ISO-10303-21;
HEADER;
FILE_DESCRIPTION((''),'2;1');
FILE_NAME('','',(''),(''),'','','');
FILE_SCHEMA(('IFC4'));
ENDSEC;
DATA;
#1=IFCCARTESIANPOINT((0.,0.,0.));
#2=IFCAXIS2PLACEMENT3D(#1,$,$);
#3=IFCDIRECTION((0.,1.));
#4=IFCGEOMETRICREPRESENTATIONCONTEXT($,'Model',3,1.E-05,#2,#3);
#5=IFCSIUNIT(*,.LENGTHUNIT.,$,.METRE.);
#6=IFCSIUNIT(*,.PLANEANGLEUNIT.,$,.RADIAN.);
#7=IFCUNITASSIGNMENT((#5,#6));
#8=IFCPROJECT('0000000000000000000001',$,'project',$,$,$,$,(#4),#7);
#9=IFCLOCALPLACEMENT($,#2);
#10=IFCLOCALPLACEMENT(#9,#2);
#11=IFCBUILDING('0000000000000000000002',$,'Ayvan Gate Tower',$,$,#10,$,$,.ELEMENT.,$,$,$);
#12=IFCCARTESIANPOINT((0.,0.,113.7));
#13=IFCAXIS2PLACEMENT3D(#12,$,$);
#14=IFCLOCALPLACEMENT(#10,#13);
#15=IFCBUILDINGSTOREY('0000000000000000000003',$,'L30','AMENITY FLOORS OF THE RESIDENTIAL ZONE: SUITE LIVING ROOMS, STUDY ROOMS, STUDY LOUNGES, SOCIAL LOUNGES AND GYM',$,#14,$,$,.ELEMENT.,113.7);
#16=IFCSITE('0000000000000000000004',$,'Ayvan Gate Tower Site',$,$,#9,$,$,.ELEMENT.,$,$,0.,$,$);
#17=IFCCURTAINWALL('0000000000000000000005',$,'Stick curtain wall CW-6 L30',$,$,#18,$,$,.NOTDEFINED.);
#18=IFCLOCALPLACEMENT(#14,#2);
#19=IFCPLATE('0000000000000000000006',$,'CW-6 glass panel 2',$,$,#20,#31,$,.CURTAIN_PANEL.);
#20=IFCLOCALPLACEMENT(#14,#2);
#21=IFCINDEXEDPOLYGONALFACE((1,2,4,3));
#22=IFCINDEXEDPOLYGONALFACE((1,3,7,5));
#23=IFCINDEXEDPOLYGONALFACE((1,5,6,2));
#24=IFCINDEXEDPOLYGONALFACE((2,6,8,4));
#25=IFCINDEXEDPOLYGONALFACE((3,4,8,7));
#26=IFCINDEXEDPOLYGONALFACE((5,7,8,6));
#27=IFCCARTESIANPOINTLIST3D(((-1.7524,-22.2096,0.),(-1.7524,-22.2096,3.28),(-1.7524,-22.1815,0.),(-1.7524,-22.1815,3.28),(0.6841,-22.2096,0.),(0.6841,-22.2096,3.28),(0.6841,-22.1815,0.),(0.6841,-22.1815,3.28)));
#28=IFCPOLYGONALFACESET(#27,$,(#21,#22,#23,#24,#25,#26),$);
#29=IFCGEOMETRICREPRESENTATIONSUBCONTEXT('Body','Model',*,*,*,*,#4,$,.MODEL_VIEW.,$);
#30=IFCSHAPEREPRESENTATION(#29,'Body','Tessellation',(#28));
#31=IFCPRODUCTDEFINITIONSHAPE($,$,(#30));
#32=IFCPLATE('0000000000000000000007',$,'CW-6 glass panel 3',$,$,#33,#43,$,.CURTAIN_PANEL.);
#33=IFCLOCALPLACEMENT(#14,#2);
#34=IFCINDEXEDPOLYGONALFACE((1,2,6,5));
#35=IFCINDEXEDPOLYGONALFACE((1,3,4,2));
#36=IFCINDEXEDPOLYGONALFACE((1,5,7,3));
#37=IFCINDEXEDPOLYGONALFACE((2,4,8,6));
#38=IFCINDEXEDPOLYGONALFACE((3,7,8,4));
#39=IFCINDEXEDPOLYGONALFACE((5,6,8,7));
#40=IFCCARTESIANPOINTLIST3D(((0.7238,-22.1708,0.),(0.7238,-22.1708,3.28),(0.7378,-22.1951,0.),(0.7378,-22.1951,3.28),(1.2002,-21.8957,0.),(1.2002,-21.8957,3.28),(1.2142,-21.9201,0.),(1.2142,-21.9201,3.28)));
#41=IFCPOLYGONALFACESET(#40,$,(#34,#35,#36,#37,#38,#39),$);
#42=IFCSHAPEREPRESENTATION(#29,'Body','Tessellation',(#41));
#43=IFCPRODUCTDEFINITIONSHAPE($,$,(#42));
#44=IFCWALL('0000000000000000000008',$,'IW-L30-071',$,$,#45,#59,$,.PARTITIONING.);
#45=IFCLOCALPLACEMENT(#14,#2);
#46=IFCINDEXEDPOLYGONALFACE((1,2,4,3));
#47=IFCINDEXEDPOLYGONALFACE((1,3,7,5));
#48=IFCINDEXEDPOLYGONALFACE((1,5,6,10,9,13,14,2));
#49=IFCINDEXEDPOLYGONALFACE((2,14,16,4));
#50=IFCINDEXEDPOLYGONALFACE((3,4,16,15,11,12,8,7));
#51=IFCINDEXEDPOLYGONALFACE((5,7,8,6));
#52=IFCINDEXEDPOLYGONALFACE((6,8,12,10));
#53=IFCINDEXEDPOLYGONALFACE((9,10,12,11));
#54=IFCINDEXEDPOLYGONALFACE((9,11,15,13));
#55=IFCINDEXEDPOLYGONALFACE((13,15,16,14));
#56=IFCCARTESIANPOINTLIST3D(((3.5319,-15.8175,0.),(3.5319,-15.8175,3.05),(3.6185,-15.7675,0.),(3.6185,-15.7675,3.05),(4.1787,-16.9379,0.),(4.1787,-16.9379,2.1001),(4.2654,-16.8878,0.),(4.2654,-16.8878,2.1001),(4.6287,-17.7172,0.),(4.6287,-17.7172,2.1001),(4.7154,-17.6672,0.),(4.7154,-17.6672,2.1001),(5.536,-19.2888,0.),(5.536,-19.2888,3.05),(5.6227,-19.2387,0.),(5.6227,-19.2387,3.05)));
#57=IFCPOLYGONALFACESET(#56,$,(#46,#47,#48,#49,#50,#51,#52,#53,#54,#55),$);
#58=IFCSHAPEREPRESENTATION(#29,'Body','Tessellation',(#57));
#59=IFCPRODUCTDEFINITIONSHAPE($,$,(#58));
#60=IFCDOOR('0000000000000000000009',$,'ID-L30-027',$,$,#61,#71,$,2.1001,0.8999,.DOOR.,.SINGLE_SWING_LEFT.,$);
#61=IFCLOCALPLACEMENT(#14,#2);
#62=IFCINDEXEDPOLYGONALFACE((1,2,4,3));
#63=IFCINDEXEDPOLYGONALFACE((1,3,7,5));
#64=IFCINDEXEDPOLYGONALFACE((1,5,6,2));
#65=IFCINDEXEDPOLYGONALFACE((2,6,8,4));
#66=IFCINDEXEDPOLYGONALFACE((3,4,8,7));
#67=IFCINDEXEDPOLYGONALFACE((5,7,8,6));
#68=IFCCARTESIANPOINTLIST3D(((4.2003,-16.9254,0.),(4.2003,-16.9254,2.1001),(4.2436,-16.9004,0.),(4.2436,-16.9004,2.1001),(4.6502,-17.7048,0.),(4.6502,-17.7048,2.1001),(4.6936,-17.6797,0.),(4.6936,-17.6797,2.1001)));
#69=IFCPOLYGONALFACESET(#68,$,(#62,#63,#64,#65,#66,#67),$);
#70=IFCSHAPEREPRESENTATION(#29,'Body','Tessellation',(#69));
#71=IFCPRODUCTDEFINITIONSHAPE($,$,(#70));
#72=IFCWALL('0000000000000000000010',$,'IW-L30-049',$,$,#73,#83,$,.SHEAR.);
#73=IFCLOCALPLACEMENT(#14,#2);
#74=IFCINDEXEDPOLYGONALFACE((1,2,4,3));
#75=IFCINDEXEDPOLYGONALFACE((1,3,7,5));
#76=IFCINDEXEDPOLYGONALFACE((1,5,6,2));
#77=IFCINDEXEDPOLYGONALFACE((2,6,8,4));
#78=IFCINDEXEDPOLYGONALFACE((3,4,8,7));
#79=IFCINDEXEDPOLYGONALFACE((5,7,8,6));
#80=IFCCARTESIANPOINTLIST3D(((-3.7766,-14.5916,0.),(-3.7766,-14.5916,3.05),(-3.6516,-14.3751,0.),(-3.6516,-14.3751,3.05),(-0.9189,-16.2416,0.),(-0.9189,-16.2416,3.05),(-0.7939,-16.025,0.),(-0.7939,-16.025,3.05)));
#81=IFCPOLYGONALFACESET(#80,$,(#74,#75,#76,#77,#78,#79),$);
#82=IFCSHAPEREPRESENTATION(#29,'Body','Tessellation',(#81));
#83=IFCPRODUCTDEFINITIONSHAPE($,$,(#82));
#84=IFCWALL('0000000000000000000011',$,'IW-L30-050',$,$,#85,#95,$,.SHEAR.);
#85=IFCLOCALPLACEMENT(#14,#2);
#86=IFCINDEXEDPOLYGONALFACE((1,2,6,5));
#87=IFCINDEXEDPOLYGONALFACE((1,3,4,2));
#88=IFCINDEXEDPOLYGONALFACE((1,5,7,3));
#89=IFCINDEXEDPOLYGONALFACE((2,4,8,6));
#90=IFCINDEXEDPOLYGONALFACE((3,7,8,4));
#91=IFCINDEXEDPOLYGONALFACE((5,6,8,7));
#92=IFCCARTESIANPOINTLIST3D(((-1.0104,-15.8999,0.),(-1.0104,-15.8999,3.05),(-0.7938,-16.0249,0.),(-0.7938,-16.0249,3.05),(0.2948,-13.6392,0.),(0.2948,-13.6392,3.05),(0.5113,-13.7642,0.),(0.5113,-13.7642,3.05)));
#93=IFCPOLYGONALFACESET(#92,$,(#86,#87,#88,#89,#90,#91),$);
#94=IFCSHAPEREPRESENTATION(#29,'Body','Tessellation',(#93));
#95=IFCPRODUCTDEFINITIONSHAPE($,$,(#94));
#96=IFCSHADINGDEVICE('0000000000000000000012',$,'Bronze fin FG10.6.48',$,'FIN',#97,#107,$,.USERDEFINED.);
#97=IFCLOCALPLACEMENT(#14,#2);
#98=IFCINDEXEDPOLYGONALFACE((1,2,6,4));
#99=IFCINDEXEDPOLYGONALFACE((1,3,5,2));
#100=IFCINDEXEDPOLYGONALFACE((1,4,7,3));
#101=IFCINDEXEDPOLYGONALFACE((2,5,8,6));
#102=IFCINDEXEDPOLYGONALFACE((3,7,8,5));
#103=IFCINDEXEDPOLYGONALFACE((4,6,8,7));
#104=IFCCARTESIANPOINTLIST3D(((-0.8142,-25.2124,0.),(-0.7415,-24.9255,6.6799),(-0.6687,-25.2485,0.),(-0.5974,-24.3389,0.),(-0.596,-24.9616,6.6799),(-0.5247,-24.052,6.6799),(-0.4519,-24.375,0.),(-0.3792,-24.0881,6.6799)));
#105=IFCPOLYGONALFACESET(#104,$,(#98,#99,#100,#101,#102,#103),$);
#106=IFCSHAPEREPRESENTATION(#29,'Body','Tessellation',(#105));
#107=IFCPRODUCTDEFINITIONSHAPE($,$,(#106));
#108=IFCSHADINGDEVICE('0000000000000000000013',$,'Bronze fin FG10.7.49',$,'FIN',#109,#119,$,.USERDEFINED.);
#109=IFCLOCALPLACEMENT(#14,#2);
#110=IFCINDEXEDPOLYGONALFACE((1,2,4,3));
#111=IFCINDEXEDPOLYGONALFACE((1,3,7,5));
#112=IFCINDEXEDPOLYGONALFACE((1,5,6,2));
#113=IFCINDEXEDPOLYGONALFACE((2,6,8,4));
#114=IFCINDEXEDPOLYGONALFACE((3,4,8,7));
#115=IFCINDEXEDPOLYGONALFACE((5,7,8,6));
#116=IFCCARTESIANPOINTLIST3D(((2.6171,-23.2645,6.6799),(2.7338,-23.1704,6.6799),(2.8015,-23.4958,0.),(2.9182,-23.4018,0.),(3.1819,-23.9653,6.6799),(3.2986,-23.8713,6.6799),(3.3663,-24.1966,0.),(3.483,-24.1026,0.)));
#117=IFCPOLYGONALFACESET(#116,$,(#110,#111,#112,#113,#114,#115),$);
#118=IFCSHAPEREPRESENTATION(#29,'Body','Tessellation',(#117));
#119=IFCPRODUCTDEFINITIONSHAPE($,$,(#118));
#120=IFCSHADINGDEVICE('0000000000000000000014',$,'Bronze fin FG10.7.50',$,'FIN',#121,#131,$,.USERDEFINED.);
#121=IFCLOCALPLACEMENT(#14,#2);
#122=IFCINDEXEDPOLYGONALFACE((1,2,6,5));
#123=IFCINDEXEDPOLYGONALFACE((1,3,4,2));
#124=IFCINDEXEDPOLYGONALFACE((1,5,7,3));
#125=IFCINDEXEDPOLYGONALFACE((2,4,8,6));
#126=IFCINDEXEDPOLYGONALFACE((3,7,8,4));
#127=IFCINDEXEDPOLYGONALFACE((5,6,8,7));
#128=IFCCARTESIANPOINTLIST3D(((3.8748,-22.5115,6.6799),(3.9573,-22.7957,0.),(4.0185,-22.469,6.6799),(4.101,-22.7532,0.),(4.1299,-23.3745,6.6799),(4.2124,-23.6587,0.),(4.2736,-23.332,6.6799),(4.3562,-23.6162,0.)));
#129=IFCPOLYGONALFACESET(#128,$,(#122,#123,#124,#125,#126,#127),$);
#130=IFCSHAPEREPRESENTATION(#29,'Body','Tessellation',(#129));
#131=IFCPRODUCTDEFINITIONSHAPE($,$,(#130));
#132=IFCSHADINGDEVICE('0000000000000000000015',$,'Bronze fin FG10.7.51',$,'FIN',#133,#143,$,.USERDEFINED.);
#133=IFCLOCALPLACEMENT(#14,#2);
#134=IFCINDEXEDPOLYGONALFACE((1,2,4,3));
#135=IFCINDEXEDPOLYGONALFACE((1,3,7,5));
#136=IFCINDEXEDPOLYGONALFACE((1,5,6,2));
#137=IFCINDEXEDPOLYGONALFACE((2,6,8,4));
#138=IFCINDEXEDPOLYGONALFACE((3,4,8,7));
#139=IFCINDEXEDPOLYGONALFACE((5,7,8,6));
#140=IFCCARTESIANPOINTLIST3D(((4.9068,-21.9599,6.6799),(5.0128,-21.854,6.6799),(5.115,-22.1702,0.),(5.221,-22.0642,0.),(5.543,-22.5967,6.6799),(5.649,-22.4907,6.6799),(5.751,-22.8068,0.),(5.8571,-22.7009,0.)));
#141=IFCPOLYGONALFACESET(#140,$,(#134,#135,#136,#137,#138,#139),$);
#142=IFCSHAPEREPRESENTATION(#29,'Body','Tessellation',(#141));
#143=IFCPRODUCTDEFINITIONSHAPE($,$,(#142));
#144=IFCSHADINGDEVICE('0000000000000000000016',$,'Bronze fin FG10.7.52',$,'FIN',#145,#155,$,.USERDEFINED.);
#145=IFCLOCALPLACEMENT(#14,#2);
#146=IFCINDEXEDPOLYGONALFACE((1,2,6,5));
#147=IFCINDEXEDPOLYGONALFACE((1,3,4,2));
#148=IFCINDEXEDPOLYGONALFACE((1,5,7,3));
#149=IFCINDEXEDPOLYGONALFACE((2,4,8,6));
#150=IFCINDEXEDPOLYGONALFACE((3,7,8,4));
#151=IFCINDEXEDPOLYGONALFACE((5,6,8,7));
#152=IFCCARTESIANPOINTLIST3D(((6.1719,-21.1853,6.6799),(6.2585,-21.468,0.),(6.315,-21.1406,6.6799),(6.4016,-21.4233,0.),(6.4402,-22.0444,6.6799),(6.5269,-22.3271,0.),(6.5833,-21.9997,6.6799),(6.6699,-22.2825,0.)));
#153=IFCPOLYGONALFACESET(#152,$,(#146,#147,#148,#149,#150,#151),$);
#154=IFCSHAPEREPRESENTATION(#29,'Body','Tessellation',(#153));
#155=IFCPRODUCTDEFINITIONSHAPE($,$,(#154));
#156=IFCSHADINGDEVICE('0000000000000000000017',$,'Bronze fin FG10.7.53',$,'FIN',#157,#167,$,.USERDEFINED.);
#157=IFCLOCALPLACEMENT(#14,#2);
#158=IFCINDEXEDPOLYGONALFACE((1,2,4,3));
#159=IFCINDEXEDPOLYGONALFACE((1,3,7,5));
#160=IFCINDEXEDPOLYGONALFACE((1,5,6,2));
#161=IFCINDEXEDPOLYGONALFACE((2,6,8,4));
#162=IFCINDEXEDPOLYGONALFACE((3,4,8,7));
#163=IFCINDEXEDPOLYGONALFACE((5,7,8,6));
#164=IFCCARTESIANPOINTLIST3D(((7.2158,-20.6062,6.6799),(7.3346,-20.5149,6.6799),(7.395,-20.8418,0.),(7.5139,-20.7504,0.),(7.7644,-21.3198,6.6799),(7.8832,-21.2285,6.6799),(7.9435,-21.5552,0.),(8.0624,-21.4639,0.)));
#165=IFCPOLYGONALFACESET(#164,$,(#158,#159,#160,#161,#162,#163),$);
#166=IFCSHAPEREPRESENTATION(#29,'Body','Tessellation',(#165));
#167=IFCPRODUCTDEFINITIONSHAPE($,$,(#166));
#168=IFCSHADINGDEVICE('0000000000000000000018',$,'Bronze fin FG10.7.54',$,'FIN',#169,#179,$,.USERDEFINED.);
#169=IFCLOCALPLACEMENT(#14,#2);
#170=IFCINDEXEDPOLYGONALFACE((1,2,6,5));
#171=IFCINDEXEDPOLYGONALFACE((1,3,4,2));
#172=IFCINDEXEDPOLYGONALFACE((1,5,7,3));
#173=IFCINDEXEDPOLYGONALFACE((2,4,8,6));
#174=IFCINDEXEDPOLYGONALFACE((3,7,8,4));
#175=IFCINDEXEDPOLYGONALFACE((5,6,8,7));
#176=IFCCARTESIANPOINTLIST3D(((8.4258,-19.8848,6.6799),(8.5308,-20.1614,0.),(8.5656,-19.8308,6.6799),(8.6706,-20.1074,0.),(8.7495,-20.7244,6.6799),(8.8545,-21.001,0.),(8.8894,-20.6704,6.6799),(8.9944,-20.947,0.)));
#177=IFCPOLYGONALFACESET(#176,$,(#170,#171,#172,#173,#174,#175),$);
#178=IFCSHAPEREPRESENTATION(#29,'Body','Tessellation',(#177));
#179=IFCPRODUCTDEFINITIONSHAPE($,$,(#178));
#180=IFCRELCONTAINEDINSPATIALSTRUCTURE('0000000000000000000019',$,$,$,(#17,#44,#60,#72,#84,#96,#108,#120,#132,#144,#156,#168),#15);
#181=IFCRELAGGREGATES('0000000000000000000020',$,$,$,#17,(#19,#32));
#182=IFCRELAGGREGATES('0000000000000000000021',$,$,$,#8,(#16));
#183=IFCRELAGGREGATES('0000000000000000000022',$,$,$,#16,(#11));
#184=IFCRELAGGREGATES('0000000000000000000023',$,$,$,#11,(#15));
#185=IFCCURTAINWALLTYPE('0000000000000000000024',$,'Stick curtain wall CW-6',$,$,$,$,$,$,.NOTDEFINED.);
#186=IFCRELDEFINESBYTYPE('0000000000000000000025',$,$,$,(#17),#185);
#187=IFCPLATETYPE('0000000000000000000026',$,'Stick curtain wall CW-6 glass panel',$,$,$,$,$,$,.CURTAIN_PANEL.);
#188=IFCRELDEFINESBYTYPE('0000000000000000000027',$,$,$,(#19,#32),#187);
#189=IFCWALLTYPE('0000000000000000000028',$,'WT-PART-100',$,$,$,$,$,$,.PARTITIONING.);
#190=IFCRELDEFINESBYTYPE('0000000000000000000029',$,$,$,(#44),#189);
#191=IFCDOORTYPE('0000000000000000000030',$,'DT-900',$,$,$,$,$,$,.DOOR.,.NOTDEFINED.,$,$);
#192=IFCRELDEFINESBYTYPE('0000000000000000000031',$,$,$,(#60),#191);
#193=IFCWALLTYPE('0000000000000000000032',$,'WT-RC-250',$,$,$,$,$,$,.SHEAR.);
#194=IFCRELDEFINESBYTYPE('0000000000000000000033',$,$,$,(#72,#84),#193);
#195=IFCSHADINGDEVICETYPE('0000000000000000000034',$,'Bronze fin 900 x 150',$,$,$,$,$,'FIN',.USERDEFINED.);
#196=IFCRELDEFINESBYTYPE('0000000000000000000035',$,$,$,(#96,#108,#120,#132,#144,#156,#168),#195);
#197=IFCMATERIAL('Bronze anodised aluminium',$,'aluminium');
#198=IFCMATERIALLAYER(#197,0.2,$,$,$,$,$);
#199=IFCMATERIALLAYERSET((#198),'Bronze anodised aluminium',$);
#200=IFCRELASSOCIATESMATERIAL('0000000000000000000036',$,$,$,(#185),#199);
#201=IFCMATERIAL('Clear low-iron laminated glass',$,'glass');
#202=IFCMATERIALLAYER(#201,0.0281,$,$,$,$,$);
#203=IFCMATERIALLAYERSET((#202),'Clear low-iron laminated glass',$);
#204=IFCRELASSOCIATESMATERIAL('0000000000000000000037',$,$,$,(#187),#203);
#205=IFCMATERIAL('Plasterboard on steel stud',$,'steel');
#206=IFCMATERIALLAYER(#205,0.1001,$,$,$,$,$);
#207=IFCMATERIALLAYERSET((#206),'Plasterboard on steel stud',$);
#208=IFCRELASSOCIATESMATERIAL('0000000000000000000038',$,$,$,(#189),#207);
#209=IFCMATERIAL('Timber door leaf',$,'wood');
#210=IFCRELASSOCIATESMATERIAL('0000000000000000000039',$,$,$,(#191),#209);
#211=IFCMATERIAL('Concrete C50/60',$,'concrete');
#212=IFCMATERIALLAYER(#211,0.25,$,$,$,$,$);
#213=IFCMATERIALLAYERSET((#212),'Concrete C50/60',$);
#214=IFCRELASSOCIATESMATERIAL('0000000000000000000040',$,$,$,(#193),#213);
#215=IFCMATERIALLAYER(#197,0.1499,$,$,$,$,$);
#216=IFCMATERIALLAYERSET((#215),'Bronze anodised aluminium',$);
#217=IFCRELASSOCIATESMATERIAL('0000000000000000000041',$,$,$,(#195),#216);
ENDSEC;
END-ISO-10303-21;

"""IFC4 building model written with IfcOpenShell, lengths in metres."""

from ifc_helpers import new_model, si_unit, direction, frame, frame_2d, origin, origin_2d, place, context, subcontext, project, spatial, polyline, rectangle, outline, extrude, material, layer, layer_set, type_object, element, fill, aggregate, save


model = new_model("IFC4")

# Units and contexts
model_context = context("Model", 3, precision=1e-05, world=origin(), true_north=direction((0.0, 1.0)))
body_context = subcontext(model_context, "Body", "Model", "MODEL_VIEW")
ifc_project = project(units=[si_unit("LENGTHUNIT", "METRE"), si_unit("PLANEANGLEUNIT", "RADIAN")], contexts=[model_context])

# Site, building, storey
site_placement = place(None, origin())
site = spatial("IfcSite", under=ifc_project, at=site_placement, Name="Ayvan Gate Tower Site", CompositionType="ELEMENT", RefElevation=0.0)
building_placement = place(site_placement, origin())
building = spatial("IfcBuilding", under=site, at=building_placement, Name="Ayvan Gate Tower", CompositionType="ELEMENT")
storey_placement = place(building_placement, frame((0.0, 0.0, 113.7)))
storey = spatial("IfcBuildingStorey", under=building, at=storey_placement, Name="L30", Description="AMENITY FLOORS OF THE RESIDENTIAL ZONE: SUITE LIVING ROOMS, STUDY ROOMS, STUDY LOUNGES, SOCIAL LOUNGES AND GYM", CompositionType="ELEMENT", Elevation=113.7)

# Curtain wall
ifc_material_1 = material(Name="Bronze anodised aluminium", Category="aluminium")
ifc_layer_1 = layer(ifc_material_1, 0.2)
ifc_layer_set_1 = layer_set([ifc_layer_1], Name="Bronze anodised aluminium")
curtain_wall_type_1 = type_object("IfcCurtainWallType", Name="Stick curtain wall CW-6", PredefinedType="NOTDEFINED", material=ifc_layer_set_1)
curtain_wall_1_placement = place(storey_placement, origin())
curtain_wall_1 = element("IfcCurtainWall", 1, at=curtain_wall_1_placement, inside=storey, type_object=curtain_wall_type_1, Name="Stick curtain wall CW-6 L30", PredefinedType="NOTDEFINED")

# Plates
ifc_material_2 = material(Name="Clear low-iron laminated glass", Category="glass")
ifc_layer_2 = layer(ifc_material_2, 0.0281)
ifc_layer_set_2 = layer_set([ifc_layer_2], Name="Clear low-iron laminated glass")
plate_type_1 = type_object("IfcPlateType", Name="Stick curtain wall CW-6 glass panel", PredefinedType="CURTAIN_PANEL", material=ifc_layer_set_2)
plate_1_placement = place(storey_placement, frame((-0.5342, -22.1956, 0.0), z_axis=(0.0, 0.0, 1.0), x_axis=(1.0, 0.0, 0.0)))
plate_1 = element("IfcPlate", 2, at=plate_1_placement, type_object=plate_type_1, Name="CW-6 glass panel 2", PredefinedType="CURTAIN_PANEL", context=body_context, shape_type="SweptSolid", body=[
    extrude(rectangle(XDim=2.4365, YDim=0.0281, at=origin_2d()), origin(), (0.0, 0.0, 1.0), 3.28),
])
plate_2_placement = place(storey_placement, frame((0.969, -22.0454, 0.0), z_axis=(0.0, 0.0, 1.0), x_axis=(0.866025, 0.5, 0.0)))
plate_2 = element("IfcPlate", 3, at=plate_2_placement, type_object=plate_type_1, Name="CW-6 glass panel 3", PredefinedType="CURTAIN_PANEL", context=body_context, shape_type="SweptSolid", body=[
    extrude(rectangle(XDim=0.55, YDim=0.0281, at=origin_2d()), origin(), (0.0, 0.0, 1.0), 3.28),
])
aggregate(curtain_wall_1, [plate_1, plate_2])

# Wall, opening, door
ifc_material_3 = material(Name="Plasterboard on steel stud", Category="steel")
ifc_layer_3 = layer(ifc_material_3, 0.1001)
ifc_layer_set_3 = layer_set([ifc_layer_3], Name="Plasterboard on steel stud")
wall_type_1 = type_object("IfcWallType", Name="WT-PART-100", PredefinedType="PARTITIONING", material=ifc_layer_set_3)
wall_1_placement = place(storey_placement, frame((3.5752, -15.7925, 0.0), z_axis=(0.0, 0.0, 1.0), x_axis=(0.500011, -0.866019, 0.0)))
wall_1 = element("IfcWall", 4, at=wall_1_placement, inside=storey, type_object=wall_type_1, Name="IW-L30-071", PredefinedType="PARTITIONING", context=body_context, shape_type="SweptSolid", body=[
    extrude(rectangle(XDim=4.0083, YDim=0.1001, at=frame_2d((2.0042, 0.0))), origin(), (0.0, 0.0, 1.0), 3.05),
])
opening_placement = place(wall_1_placement, frame((1.2937, 0.0, 0.0)))
opening = element("IfcOpeningElement", 5, at=opening_placement, cuts=wall_1, PredefinedType="OPENING", context=body_context, shape_type="SweptSolid", body=[
    extrude(rectangle(XDim=0.8999, YDim=2.1001, at=frame_2d((0.45, 1.05))), frame((0.0, 0.0601, 0.0), z_axis=(0.0, -1.0, 0.0), x_axis=(1.0, 0.0, 0.0)), (0.0, 0.0, 1.0), 0.1201),
])
ifc_material_4 = material(Name="Timber door leaf", Category="wood")
door_type = type_object("IfcDoorType", Name="DT-900", OperationType="NOTDEFINED", PredefinedType="DOOR", material=ifc_material_4)
door_placement = place(opening_placement, origin())
door = element("IfcDoor", 6, at=door_placement, inside=storey, type_object=door_type, Name="ID-L30-027", OperationType="SINGLE_SWING_LEFT", OverallHeight=2.1001, OverallWidth=0.8999, PredefinedType="DOOR", context=body_context, shape_type="SweptSolid", body=[
    extrude(rectangle(XDim=0.8999, YDim=2.1001, at=frame_2d((0.45, 1.05))), frame((0.0, 0.0249, 0.0), z_axis=(0.0, -1.0, 0.0), x_axis=(1.0, 0.0, 0.0)), (0.0, 0.0, 1.0), 0.05),
])
fill(opening, door)

# Walls
ifc_material_5 = material(Name="Concrete C50/60", Category="concrete")
ifc_layer_4 = layer(ifc_material_5, 0.25)
ifc_layer_set_4 = layer_set([ifc_layer_4], Name="Concrete C50/60")
wall_type_2 = type_object("IfcWallType", Name="WT-RC-250", PredefinedType="SHEAR", material=ifc_layer_set_4)
wall_2_placement = place(storey_placement, frame((-0.8564, -16.1333, 0.0), z_axis=(0.0, 0.0, 1.0), x_axis=(-0.866022, 0.500006, 0.0)))
element("IfcWall", 7, at=wall_2_placement, inside=storey, type_object=wall_type_2, Name="IW-L30-049", PredefinedType="SHEAR", context=body_context, shape_type="SweptSolid", body=[
    extrude(rectangle(XDim=3.2998, YDim=0.25, at=frame_2d((1.6499, 0.0))), origin(), (0.0, 0.0, 1.0), 3.05),
])
wall_3_placement = place(storey_placement, frame((-0.9021, -15.9624, 0.0), z_axis=(0.0, 0.0, 1.0), x_axis=(0.499982, 0.866036, 0.0)))
element("IfcWall", 8, at=wall_3_placement, inside=storey, type_object=wall_type_2, Name="IW-L30-050", PredefinedType="SHEAR", context=body_context, shape_type="SweptSolid", body=[
    extrude(rectangle(XDim=2.6104, YDim=0.25, at=frame_2d((1.3052, 0.0))), origin(), (0.0, 0.0, 1.0), 3.05),
])

# Shading devices
ifc_layer_5 = layer(ifc_material_1, 0.1499)
ifc_layer_set_5 = layer_set([ifc_layer_5], Name="Bronze anodised aluminium")
shading_device_type = type_object("IfcShadingDeviceType", Name="Bronze fin 900 x 150", ElementType="FIN", PredefinedType="USERDEFINED", material=ifc_layer_set_5)
shading_device_1_placement = place(storey_placement, frame((-0.5974, -24.3389, 0.0), z_axis=(-0.970556, 0.240876, 0.000226), x_axis=(-0.240876, -0.970556, 0.0)))
element("IfcShadingDevice", 9, at=shading_device_1_placement, inside=storey, type_object=shading_device_type, Name="Bronze fin FG10.6.48", ObjectType="FIN", PredefinedType="USERDEFINED", context=body_context, shape_type="SweptSolid", body=[
    extrude(outline(polyline([(0.0, 0.0), (0.9, 0.0), (0.6041, 6.6799), (-0.2959, 6.6799), (0.0, 0.0)])), origin(), (0.0, 0.0, -1.0), 0.1499),
])
shading_device_2_placement = place(storey_placement, frame((2.8015, -23.4958, 0.0), z_axis=(-0.778601, -0.627519, 0.000232), x_axis=(0.627519, -0.778601, 0.0)))
element("IfcShadingDevice", 10, at=shading_device_2_placement, inside=storey, type_object=shading_device_type, Name="Bronze fin FG10.7.49", ObjectType="FIN", PredefinedType="USERDEFINED", context=body_context, shape_type="SweptSolid", body=[
    extrude(outline(polyline([(0.0, 0.0), (0.9001, 0.0), (0.6042, 6.6799), (-0.2959, 6.6799), (0.0, 0.0)])), origin(), (0.0, 0.0, -1.0), 0.1499),
])
shading_device_3_placement = place(storey_placement, frame((3.9573, -22.7957, 0.0), z_axis=(-0.958976, -0.283488, 0.000214), x_axis=(0.283488, -0.958976, 0.0)))
element("IfcShadingDevice", 11, at=shading_device_3_placement, inside=storey, type_object=shading_device_type, Name="Bronze fin FG10.7.50", ObjectType="FIN", PredefinedType="USERDEFINED", context=body_context, shape_type="SweptSolid", body=[
    extrude(outline(polyline([(0.0, 0.0), (0.9, 0.0), (0.604, 6.6799), (-0.2959, 6.6799), (0.0, 0.0)])), origin(), (0.0, 0.0, -1.0), 0.1499),
])
shading_device_4_placement = place(storey_placement, frame((5.115, -22.1702, 0.0), z_axis=(-0.707446, -0.706768, 0.000198), x_axis=(0.706768, -0.707446, 0.0)))
element("IfcShadingDevice", 12, at=shading_device_4_placement, inside=storey, type_object=shading_device_type, Name="Bronze fin FG10.7.51", ObjectType="FIN", PredefinedType="USERDEFINED", context=body_context, shape_type="SweptSolid", body=[
    extrude(outline(polyline([(0.0, 0.0), (0.8999, 0.0), (0.6042, 6.6799), (-0.2959, 6.6799), (0.0, 0.0)])), origin(), (0.0, 0.0, -1.0), 0.1499),
])
shading_device_5_placement = place(storey_placement, frame((6.2585, -21.468, 0.0), z_axis=(-0.954533, -0.298105, 0.000232), x_axis=(0.298105, -0.954533, 0.0)))
element("IfcShadingDevice", 13, at=shading_device_5_placement, inside=storey, type_object=shading_device_type, Name="Bronze fin FG10.7.52", ObjectType="FIN", PredefinedType="USERDEFINED", context=body_context, shape_type="SweptSolid", body=[
    extrude(outline(polyline([(0.0, 0.0), (0.9001, 0.0), (0.6044, 6.6799), (-0.2957, 6.6799), (0.0, 0.0)])), origin(), (0.0, 0.0, -1.0), 0.1499),
])
shading_device_6_placement = place(storey_placement, frame((7.395, -20.8418, 0.0), z_axis=(-0.792765, -0.609527, 0.000219), x_axis=(0.609527, -0.792765, 0.0)))
element("IfcShadingDevice", 14, at=shading_device_6_placement, inside=storey, type_object=shading_device_type, Name="Bronze fin FG10.7.53", ObjectType="FIN", PredefinedType="USERDEFINED", context=body_context, shape_type="SweptSolid", body=[
    extrude(outline(polyline([(0.0, 0.0), (0.8999, 0.0), (0.6041, 6.6799), (-0.296, 6.6799), (0.0, 0.0)])), origin(), (0.0, 0.0, -1.0), 0.1499),
])
shading_device_7_placement = place(storey_placement, frame((8.5308, -20.1614, 0.0), z_axis=(-0.933045, -0.359761, 0.000234), x_axis=(0.359761, -0.933045, 0.0)))
element("IfcShadingDevice", 15, at=shading_device_7_placement, inside=storey, type_object=shading_device_type, Name="Bronze fin FG10.7.54", ObjectType="FIN", PredefinedType="USERDEFINED", context=body_context, shape_type="SweptSolid", body=[
    extrude(outline(polyline([(0.0, 0.0), (0.8998, 0.0), (0.604, 6.6799), (-0.2959, 6.6799), (0.0, 0.0)])), origin(), (0.0, 0.0, -1.0), 0.1499),
])

save(model, "model.ifc")
